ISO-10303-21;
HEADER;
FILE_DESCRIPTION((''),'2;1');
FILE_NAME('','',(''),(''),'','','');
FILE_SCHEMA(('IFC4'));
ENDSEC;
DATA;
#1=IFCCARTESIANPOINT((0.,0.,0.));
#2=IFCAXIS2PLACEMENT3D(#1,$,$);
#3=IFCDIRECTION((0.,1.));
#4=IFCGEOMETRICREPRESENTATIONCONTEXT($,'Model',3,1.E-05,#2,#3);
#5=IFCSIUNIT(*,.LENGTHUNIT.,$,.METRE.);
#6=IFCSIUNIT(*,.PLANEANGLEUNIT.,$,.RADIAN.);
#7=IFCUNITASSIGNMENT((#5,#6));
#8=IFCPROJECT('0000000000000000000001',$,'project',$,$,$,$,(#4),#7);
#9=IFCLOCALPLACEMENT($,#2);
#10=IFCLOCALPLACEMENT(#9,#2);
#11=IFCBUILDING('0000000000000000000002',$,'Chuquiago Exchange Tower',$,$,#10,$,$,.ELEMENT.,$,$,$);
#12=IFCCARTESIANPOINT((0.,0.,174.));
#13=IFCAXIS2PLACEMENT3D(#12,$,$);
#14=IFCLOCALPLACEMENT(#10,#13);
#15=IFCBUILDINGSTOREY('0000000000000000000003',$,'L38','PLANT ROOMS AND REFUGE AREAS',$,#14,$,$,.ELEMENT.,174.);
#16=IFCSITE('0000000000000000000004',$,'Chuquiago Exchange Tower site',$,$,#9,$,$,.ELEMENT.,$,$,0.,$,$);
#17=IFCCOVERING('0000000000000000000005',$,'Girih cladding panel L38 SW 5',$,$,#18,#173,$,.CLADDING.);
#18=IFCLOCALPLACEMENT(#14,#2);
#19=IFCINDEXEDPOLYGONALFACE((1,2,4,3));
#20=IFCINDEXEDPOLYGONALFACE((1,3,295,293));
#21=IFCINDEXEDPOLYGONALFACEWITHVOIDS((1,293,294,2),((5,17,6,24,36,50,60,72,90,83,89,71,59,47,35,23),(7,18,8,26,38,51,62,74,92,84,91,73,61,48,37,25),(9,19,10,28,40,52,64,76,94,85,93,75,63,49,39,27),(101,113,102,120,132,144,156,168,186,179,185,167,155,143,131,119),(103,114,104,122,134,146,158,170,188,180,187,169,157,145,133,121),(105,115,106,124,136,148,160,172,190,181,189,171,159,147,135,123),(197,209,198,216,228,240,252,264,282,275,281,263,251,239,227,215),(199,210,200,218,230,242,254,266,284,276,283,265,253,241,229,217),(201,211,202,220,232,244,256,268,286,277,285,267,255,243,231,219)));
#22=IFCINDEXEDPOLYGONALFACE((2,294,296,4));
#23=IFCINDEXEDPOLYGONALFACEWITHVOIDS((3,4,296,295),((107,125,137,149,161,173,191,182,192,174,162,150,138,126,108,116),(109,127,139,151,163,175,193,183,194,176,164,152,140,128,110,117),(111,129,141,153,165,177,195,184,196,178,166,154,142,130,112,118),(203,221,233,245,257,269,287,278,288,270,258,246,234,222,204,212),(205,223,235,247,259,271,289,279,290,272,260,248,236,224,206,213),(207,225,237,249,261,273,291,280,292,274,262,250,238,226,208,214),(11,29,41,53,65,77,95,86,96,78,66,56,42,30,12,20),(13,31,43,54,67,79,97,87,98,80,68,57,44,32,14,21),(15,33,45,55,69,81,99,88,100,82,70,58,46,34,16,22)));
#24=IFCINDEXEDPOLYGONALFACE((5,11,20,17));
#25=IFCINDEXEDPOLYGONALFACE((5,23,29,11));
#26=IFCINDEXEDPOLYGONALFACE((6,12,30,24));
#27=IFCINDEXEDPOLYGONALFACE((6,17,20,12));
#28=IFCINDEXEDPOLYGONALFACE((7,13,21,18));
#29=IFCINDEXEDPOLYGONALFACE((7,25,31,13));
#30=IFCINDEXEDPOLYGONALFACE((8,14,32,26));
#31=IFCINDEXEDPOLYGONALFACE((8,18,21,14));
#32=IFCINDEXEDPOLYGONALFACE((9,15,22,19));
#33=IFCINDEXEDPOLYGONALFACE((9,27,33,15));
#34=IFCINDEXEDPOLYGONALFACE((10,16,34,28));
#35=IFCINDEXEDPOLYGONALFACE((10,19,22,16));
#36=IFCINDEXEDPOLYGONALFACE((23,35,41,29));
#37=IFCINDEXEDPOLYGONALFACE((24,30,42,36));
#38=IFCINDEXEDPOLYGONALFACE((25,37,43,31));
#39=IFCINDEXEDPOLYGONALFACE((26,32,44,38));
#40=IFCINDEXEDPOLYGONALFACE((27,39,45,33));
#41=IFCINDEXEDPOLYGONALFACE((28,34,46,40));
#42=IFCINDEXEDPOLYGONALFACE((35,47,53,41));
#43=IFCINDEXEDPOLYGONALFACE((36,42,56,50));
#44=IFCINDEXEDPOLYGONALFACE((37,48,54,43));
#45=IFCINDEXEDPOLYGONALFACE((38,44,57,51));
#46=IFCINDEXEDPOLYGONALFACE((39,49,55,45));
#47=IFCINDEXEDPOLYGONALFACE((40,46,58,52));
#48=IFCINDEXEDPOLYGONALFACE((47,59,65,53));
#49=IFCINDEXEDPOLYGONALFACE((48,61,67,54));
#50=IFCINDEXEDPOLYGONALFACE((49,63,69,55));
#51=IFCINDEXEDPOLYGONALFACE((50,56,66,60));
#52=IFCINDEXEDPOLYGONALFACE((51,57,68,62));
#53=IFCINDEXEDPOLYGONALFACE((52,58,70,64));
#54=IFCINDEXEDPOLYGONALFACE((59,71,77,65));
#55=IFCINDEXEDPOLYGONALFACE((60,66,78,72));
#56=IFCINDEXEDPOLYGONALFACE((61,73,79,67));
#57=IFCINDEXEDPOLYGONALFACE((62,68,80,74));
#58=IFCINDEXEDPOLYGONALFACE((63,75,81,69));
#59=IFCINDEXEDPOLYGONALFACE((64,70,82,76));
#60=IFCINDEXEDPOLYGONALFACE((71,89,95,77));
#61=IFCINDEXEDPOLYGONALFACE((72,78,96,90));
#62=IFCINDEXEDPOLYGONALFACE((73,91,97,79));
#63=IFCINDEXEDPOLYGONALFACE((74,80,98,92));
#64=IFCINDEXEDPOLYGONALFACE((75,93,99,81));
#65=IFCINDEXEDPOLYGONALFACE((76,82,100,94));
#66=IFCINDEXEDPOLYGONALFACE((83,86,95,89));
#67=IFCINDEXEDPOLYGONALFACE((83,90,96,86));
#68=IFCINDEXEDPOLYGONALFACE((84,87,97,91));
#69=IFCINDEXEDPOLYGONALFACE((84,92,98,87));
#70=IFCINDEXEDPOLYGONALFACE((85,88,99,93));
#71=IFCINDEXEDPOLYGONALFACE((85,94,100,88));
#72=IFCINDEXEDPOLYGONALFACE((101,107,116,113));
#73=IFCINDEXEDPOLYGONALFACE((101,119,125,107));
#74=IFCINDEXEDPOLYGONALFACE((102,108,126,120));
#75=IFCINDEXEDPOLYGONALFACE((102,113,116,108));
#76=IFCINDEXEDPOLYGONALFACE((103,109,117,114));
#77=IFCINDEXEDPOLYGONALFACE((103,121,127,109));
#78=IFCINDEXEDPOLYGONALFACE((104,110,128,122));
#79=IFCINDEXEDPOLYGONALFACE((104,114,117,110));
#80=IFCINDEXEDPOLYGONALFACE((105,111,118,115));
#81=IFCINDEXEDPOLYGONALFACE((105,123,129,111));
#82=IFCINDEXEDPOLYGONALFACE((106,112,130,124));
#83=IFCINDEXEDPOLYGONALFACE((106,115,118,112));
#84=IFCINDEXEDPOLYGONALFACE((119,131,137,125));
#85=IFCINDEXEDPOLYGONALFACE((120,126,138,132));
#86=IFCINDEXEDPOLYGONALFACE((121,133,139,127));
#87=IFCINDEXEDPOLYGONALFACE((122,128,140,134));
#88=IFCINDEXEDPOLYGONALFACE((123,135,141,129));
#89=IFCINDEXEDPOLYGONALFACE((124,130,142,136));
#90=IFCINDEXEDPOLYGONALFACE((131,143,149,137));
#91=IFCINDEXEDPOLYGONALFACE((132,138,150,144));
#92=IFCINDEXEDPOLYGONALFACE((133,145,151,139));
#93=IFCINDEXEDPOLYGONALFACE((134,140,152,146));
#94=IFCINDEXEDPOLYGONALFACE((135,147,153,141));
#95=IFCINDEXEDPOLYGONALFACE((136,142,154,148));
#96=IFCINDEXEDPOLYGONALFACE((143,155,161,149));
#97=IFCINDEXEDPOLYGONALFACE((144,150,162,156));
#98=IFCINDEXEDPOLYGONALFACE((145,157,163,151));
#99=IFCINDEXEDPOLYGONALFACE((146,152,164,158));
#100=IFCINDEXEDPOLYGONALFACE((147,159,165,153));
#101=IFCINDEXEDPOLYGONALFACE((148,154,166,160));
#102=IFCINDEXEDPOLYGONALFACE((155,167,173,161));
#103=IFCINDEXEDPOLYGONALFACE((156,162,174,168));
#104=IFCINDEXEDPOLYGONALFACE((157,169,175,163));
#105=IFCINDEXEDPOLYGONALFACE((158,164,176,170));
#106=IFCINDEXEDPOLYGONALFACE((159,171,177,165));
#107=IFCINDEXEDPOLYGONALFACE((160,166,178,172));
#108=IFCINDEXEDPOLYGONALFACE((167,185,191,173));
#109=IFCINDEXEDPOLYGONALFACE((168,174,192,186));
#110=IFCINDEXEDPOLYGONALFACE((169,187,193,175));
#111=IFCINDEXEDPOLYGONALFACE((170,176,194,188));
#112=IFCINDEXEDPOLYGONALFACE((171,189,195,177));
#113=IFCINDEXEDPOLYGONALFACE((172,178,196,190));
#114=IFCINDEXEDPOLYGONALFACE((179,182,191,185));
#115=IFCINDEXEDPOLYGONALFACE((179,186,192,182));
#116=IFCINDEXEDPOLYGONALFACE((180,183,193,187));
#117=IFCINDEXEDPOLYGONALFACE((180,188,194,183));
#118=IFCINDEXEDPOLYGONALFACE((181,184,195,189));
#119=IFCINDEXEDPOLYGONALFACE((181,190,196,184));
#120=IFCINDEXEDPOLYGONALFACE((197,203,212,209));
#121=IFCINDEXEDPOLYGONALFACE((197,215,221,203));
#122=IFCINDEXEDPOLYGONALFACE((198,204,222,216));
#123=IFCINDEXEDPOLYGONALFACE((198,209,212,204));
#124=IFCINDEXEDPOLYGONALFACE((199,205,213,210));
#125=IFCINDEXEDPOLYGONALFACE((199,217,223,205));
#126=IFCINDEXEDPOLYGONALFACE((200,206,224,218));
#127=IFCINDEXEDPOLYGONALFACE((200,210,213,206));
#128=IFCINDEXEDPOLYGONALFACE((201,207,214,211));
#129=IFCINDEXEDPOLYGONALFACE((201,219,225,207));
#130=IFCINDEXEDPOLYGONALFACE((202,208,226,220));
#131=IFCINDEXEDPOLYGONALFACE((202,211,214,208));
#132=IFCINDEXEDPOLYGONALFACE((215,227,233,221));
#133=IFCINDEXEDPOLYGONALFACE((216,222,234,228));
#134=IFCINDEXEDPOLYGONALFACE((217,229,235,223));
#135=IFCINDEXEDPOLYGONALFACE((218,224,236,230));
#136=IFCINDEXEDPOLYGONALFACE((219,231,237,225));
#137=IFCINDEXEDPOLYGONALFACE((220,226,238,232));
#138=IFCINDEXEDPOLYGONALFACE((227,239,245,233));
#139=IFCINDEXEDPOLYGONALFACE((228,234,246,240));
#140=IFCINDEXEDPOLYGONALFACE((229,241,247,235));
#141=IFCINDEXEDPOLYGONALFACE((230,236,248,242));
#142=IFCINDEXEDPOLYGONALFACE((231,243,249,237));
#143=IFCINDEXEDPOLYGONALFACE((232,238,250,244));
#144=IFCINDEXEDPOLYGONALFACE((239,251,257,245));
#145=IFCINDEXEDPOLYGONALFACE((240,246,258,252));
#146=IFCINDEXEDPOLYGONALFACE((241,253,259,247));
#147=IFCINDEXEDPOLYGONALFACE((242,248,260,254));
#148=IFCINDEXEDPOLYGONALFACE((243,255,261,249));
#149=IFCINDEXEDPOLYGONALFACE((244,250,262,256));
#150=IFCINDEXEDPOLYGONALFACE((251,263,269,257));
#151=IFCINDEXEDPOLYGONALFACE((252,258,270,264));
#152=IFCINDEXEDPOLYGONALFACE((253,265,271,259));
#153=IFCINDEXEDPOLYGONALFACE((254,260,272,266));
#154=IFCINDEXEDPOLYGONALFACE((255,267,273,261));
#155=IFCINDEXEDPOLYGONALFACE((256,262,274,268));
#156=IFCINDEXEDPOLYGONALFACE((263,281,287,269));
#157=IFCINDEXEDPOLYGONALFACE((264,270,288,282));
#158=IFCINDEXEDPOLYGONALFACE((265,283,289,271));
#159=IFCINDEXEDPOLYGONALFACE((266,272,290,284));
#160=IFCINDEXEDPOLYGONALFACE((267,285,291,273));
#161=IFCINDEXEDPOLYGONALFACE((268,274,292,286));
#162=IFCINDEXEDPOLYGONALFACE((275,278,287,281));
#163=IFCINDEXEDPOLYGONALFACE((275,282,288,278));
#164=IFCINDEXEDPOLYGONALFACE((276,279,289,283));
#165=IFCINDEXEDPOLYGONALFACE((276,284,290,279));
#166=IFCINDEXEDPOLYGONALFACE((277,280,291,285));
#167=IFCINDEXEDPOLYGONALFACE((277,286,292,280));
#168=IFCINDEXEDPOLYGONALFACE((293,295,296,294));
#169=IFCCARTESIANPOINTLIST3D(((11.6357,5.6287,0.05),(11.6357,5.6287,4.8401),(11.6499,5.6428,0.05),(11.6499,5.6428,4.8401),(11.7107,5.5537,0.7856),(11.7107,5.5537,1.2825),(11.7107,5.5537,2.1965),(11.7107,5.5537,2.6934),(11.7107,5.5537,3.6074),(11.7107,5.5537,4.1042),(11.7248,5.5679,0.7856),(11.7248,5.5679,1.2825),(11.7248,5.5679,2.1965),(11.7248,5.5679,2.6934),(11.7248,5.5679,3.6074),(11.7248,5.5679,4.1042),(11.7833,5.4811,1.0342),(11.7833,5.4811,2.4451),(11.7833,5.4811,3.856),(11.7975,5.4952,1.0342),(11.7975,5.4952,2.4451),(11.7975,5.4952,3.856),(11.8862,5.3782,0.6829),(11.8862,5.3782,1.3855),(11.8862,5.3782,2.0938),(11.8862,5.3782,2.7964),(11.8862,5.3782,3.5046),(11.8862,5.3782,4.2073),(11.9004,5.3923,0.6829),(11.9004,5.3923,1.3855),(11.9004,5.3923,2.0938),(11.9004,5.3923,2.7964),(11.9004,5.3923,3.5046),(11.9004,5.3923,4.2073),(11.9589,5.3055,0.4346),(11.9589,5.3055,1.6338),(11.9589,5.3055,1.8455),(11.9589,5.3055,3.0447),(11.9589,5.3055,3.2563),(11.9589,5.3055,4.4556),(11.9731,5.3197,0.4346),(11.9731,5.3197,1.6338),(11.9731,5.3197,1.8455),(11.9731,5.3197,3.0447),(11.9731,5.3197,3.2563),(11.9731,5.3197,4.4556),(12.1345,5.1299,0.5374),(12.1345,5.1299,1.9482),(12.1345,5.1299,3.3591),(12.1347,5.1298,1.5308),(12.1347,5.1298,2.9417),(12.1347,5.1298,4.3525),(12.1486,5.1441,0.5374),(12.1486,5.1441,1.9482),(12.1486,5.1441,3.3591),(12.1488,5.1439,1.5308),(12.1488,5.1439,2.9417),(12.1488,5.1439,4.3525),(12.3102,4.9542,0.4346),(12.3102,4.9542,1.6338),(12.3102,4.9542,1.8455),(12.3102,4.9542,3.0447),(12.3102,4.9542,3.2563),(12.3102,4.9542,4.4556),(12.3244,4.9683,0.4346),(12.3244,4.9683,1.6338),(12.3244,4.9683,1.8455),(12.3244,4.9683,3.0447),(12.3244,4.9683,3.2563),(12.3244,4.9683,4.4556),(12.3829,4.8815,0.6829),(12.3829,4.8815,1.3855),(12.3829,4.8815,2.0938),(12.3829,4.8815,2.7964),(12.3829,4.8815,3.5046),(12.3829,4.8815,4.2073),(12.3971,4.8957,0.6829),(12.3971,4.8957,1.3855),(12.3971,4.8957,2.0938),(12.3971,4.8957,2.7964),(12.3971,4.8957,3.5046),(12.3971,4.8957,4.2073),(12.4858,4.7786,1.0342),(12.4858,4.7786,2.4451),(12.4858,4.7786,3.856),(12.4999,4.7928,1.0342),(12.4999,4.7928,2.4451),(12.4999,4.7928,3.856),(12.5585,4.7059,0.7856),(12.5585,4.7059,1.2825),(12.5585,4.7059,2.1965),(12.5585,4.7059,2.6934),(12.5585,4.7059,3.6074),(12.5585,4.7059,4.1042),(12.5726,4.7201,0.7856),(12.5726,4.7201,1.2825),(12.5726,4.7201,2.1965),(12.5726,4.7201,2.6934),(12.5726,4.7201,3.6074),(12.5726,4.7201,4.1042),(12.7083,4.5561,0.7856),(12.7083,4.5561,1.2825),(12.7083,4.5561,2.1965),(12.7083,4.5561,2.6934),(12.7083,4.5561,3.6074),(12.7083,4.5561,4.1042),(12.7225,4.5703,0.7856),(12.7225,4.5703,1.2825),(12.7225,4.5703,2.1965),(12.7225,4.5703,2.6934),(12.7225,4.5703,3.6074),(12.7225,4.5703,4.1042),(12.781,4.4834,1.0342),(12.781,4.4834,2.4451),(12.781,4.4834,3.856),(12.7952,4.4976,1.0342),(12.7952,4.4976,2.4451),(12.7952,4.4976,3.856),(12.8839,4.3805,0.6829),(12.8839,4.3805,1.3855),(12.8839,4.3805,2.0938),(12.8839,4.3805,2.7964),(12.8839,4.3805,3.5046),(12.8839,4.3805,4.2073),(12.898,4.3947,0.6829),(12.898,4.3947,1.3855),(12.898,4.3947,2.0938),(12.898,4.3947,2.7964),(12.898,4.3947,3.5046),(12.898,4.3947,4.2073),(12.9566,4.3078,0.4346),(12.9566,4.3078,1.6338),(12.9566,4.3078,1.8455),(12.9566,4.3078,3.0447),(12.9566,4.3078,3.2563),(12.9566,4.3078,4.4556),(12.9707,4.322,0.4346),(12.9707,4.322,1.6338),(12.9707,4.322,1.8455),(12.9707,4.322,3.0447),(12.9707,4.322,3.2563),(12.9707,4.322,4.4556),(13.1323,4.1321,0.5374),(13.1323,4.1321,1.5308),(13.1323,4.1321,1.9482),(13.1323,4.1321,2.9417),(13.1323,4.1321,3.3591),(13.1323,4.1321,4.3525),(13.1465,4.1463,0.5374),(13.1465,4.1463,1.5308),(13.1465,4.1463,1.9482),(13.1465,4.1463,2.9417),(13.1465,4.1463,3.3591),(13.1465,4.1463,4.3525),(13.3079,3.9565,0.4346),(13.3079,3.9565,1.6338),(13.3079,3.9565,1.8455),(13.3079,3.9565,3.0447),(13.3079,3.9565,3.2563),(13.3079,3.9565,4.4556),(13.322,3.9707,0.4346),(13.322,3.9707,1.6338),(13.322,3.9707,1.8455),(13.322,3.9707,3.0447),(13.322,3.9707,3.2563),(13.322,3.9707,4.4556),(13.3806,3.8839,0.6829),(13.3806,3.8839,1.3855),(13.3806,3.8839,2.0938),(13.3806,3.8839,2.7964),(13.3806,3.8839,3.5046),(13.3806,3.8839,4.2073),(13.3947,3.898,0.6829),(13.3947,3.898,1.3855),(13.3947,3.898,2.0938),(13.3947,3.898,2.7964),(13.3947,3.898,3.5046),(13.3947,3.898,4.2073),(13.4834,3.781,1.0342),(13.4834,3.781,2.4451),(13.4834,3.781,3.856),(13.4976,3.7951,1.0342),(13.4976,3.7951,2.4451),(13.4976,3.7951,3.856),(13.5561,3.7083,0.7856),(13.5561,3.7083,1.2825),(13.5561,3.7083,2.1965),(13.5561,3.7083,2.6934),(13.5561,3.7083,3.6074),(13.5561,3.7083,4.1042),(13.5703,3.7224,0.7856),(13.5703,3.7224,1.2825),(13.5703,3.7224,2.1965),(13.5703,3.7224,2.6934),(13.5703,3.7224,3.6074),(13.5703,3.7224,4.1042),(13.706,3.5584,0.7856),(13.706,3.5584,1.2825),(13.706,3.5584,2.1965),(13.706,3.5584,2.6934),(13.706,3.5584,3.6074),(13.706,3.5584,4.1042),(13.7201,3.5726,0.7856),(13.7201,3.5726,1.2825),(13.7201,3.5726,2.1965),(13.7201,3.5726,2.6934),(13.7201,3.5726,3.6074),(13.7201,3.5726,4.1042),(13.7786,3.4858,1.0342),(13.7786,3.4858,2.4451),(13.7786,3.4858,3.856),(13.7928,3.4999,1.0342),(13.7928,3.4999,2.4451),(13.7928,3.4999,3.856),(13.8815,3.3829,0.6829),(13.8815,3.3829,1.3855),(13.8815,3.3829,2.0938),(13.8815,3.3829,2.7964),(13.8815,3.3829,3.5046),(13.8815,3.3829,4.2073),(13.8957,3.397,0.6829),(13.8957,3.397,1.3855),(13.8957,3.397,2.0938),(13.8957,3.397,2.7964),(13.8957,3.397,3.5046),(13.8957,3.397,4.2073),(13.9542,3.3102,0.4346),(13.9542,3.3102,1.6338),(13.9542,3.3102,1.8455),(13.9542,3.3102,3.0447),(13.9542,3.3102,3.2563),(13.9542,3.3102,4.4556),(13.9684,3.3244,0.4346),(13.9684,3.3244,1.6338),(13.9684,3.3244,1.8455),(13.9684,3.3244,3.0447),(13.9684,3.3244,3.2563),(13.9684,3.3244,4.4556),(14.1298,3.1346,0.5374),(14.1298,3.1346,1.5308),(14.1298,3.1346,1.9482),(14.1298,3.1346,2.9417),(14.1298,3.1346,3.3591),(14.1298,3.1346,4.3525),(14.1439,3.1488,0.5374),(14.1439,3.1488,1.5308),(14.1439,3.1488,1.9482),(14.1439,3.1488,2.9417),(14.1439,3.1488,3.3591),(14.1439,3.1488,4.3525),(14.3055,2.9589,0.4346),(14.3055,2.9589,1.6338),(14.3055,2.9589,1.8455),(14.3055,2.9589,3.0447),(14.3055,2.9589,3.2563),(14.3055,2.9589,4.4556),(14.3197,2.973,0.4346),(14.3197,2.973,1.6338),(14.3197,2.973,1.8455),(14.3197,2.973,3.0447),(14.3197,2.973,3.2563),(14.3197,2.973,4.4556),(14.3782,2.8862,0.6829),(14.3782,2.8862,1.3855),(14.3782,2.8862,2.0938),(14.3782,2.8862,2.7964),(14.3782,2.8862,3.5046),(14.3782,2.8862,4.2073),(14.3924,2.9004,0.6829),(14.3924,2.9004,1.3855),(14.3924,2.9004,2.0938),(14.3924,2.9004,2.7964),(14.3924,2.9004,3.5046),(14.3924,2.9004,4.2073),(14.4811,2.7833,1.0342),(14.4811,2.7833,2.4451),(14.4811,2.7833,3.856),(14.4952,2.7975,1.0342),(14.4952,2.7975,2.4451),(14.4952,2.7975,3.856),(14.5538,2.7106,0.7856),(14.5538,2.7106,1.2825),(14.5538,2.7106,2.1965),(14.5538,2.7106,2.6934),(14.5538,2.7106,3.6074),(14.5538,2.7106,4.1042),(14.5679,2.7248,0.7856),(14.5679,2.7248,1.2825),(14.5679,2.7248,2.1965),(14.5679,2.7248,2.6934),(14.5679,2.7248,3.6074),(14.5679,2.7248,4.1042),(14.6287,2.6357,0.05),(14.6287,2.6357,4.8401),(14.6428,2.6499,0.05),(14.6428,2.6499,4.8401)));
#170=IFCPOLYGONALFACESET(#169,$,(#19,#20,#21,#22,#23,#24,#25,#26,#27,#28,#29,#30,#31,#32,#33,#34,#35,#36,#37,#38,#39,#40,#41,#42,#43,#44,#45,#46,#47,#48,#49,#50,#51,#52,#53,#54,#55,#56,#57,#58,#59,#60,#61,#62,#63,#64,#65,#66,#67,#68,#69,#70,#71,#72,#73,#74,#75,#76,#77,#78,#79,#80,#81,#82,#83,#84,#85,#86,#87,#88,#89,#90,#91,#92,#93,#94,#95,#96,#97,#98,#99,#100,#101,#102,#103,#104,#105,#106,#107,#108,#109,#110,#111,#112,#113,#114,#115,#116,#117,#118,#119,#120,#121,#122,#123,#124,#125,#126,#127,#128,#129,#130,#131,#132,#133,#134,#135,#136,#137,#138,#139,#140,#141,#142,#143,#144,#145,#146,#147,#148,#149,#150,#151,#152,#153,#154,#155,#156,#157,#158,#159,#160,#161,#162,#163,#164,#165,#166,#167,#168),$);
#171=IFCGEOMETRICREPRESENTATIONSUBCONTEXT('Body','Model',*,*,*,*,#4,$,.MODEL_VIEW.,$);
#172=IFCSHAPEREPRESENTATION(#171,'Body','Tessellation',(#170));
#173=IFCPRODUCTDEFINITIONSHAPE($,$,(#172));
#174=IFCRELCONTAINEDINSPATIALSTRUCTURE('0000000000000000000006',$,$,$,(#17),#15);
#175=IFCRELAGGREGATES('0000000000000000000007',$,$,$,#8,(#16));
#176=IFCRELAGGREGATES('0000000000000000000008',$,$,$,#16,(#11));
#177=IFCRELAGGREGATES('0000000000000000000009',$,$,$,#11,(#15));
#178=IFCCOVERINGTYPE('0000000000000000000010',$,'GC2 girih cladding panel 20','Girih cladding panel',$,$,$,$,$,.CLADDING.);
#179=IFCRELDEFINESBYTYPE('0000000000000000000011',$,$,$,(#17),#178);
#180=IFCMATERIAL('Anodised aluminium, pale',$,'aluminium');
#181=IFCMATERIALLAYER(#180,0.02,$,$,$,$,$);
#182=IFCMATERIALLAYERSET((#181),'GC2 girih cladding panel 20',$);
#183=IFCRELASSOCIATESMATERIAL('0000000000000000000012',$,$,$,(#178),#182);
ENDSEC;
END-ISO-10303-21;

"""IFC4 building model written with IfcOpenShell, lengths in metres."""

from ifc_helpers import new_model, si_unit, direction, frame, origin, place, context, subcontext, project, spatial, polyline, outline, extrude, material, layer, layer_set, type_object, element, save


model = new_model("IFC4")

# Units and contexts
model_context = context("Model", 3, precision=1e-05, world=origin(), true_north=direction((0.0, 1.0)))
body_context = subcontext(model_context, "Body", "Model", "MODEL_VIEW")
ifc_project = project(units=[si_unit("LENGTHUNIT", "METRE"), si_unit("PLANEANGLEUNIT", "RADIAN")], contexts=[model_context])

# Site, building, storey
site_placement = place(None, origin())
site = spatial("IfcSite", under=ifc_project, at=site_placement, Name="Chuquiago Exchange Tower site", CompositionType="ELEMENT", RefElevation=0.0)
building_placement = place(site_placement, origin())
building = spatial("IfcBuilding", under=site, at=building_placement, Name="Chuquiago Exchange Tower", CompositionType="ELEMENT")
storey_placement = place(building_placement, frame((0.0, 0.0, 174.0)))
storey = spatial("IfcBuildingStorey", under=building, at=storey_placement, Name="L38", Description="PLANT ROOMS AND REFUGE AREAS", CompositionType="ELEMENT", Elevation=174.0)

# Covering
ifc_material_1 = material(Name="Anodised aluminium, pale", Category="aluminium")
ifc_layer_1 = layer(ifc_material_1, 0.02)
ifc_layer_set_1 = layer_set([ifc_layer_1], Name="GC2 girih cladding panel 20")
covering_type = type_object("IfcCoveringType", Name="GC2 girih cladding panel 20", Description="Girih cladding panel", PredefinedType="CLADDING", material=ifc_layer_set_1)
covering_1_placement = place(storey_placement, frame((11.6499, 5.6428, 0.05), z_axis=(0.0, 0.0, 1.0), x_axis=(0.707107, -0.707107, 0.0)))
element("IfcCovering", 1, at=covering_1_placement, inside=storey, type_object=covering_type, Name="Girih cladding panel L38 SW 5", PredefinedType="CLADDING", context=body_context, shape_type="SweptSolid", body=[
    extrude(outline(polyline([(0.0, 0.0), (4.2327, 0.0), (4.2327, 4.79), (0.0, 4.79), (0.0, 0.0)]), holes=[polyline([(1.2021, 0.9841), (1.3049, 1.2324), (1.0566, 1.3354), (0.9539, 1.5837), (0.7056, 1.4807), (0.457, 1.5837), (0.3542, 1.3354), (0.106, 1.2324), (0.2087, 0.9841), (0.106, 0.7356), (0.3542, 0.6328), (0.457, 0.3845), (0.7053, 0.4873), (0.9539, 0.3845), (1.0566, 0.6328), (1.3049, 0.7356), (1.2021, 0.9841)]), polyline([(2.613, 0.9841), (2.7158, 1.2324), (2.4675, 1.3354), (2.3647, 1.5837), (2.1165, 1.4807), (1.8679, 1.5837), (1.7651, 1.3354), (1.5168, 1.2324), (1.6196, 0.9841), (1.5168, 0.7356), (1.7651, 0.6328), (1.8679, 0.3845), (2.1165, 0.4873), (2.3647, 0.3845), (2.4675, 0.6328), (2.7158, 0.7356), (2.613, 0.9841)]), polyline([(4.0239, 0.9841), (4.1267, 1.2324), (3.8784, 1.3354), (3.7756, 1.5837), (3.5271, 1.4807), (3.2788, 1.5837), (3.176, 1.3354), (2.9277, 1.2324), (3.0305, 0.9841), (2.9277, 0.7356), (3.176, 0.6328), (3.2788, 0.3845), (3.5271, 0.4873), (3.7756, 0.3845), (3.8784, 0.6328), (4.1267, 0.7356), (4.0239, 0.9841)]), polyline([(1.2021, 2.395), (1.3049, 2.6433), (1.0566, 2.7463), (0.9539, 2.9946), (0.7056, 2.8916), (0.457, 2.9946), (0.3542, 2.7463), (0.106, 2.6433), (0.2087, 2.395), (0.106, 2.1465), (0.3542, 2.0437), (0.457, 1.7954), (0.7053, 1.8982), (0.9539, 1.7954), (1.0566, 2.0437), (1.3049, 2.1465), (1.2021, 2.395)]), polyline([(2.613, 2.395), (2.7158, 2.6433), (2.4675, 2.7463), (2.3647, 2.9946), (2.1165, 2.8916), (1.8679, 2.9946), (1.7651, 2.7463), (1.5168, 2.6433), (1.6196, 2.395), (1.5168, 2.1465), (1.7651, 2.0437), (1.8679, 1.7954), (2.1165, 1.8982), (2.3647, 1.7954), (2.4675, 2.0437), (2.7158, 2.1465), (2.613, 2.395)]), polyline([(4.0239, 2.395), (4.1267, 2.6433), (3.8784, 2.7463), (3.7756, 2.9946), (3.5271, 2.8916), (3.2788, 2.9946), (3.176, 2.7463), (2.9277, 2.6433), (3.0305, 2.395), (2.9277, 2.1465), (3.176, 2.0437), (3.2788, 1.7954), (3.5271, 1.8982), (3.7756, 1.7954), (3.8784, 2.0437), (4.1267, 2.1465), (4.0239, 2.395)]), polyline([(1.2021, 3.8059), (1.3049, 4.0542), (1.0566, 4.1572), (0.9539, 4.4055), (0.7056, 4.3025), (0.457, 4.4055), (0.3542, 4.1572), (0.106, 4.0542), (0.2087, 3.8059), (0.106, 3.5574), (0.3542, 3.4546), (0.457, 3.2063), (0.7053, 3.3091), (0.9539, 3.2063), (1.0566, 3.4546), (1.3049, 3.5574), (1.2021, 3.8059)]), polyline([(2.613, 3.8059), (2.7158, 4.0542), (2.4675, 4.1572), (2.3647, 4.4055), (2.1165, 4.3025), (1.8679, 4.4055), (1.7651, 4.1572), (1.5168, 4.0542), (1.6196, 3.8059), (1.5168, 3.5574), (1.7651, 3.4546), (1.8679, 3.2063), (2.1165, 3.3091), (2.3647, 3.2063), (2.4675, 3.4546), (2.7158, 3.5574), (2.613, 3.8059)]), polyline([(4.0239, 3.8059), (4.1267, 4.0542), (3.8784, 4.1572), (3.7756, 4.4055), (3.5271, 4.3025), (3.2788, 4.4055), (3.176, 4.1572), (2.9277, 4.0542), (3.0305, 3.8059), (2.9277, 3.5574), (3.176, 3.4546), (3.2788, 3.2063), (3.5271, 3.3091), (3.7756, 3.2063), (3.8784, 3.4546), (4.1267, 3.5574), (4.0239, 3.8059)])]), frame((0.0, 0.0, 0.0), z_axis=(0.0, -1.0, 0.0), x_axis=(1.0, 0.0, 0.0)), (0.0, 0.0, 1.0), 0.02),
])

save(model, "model.ifc")
